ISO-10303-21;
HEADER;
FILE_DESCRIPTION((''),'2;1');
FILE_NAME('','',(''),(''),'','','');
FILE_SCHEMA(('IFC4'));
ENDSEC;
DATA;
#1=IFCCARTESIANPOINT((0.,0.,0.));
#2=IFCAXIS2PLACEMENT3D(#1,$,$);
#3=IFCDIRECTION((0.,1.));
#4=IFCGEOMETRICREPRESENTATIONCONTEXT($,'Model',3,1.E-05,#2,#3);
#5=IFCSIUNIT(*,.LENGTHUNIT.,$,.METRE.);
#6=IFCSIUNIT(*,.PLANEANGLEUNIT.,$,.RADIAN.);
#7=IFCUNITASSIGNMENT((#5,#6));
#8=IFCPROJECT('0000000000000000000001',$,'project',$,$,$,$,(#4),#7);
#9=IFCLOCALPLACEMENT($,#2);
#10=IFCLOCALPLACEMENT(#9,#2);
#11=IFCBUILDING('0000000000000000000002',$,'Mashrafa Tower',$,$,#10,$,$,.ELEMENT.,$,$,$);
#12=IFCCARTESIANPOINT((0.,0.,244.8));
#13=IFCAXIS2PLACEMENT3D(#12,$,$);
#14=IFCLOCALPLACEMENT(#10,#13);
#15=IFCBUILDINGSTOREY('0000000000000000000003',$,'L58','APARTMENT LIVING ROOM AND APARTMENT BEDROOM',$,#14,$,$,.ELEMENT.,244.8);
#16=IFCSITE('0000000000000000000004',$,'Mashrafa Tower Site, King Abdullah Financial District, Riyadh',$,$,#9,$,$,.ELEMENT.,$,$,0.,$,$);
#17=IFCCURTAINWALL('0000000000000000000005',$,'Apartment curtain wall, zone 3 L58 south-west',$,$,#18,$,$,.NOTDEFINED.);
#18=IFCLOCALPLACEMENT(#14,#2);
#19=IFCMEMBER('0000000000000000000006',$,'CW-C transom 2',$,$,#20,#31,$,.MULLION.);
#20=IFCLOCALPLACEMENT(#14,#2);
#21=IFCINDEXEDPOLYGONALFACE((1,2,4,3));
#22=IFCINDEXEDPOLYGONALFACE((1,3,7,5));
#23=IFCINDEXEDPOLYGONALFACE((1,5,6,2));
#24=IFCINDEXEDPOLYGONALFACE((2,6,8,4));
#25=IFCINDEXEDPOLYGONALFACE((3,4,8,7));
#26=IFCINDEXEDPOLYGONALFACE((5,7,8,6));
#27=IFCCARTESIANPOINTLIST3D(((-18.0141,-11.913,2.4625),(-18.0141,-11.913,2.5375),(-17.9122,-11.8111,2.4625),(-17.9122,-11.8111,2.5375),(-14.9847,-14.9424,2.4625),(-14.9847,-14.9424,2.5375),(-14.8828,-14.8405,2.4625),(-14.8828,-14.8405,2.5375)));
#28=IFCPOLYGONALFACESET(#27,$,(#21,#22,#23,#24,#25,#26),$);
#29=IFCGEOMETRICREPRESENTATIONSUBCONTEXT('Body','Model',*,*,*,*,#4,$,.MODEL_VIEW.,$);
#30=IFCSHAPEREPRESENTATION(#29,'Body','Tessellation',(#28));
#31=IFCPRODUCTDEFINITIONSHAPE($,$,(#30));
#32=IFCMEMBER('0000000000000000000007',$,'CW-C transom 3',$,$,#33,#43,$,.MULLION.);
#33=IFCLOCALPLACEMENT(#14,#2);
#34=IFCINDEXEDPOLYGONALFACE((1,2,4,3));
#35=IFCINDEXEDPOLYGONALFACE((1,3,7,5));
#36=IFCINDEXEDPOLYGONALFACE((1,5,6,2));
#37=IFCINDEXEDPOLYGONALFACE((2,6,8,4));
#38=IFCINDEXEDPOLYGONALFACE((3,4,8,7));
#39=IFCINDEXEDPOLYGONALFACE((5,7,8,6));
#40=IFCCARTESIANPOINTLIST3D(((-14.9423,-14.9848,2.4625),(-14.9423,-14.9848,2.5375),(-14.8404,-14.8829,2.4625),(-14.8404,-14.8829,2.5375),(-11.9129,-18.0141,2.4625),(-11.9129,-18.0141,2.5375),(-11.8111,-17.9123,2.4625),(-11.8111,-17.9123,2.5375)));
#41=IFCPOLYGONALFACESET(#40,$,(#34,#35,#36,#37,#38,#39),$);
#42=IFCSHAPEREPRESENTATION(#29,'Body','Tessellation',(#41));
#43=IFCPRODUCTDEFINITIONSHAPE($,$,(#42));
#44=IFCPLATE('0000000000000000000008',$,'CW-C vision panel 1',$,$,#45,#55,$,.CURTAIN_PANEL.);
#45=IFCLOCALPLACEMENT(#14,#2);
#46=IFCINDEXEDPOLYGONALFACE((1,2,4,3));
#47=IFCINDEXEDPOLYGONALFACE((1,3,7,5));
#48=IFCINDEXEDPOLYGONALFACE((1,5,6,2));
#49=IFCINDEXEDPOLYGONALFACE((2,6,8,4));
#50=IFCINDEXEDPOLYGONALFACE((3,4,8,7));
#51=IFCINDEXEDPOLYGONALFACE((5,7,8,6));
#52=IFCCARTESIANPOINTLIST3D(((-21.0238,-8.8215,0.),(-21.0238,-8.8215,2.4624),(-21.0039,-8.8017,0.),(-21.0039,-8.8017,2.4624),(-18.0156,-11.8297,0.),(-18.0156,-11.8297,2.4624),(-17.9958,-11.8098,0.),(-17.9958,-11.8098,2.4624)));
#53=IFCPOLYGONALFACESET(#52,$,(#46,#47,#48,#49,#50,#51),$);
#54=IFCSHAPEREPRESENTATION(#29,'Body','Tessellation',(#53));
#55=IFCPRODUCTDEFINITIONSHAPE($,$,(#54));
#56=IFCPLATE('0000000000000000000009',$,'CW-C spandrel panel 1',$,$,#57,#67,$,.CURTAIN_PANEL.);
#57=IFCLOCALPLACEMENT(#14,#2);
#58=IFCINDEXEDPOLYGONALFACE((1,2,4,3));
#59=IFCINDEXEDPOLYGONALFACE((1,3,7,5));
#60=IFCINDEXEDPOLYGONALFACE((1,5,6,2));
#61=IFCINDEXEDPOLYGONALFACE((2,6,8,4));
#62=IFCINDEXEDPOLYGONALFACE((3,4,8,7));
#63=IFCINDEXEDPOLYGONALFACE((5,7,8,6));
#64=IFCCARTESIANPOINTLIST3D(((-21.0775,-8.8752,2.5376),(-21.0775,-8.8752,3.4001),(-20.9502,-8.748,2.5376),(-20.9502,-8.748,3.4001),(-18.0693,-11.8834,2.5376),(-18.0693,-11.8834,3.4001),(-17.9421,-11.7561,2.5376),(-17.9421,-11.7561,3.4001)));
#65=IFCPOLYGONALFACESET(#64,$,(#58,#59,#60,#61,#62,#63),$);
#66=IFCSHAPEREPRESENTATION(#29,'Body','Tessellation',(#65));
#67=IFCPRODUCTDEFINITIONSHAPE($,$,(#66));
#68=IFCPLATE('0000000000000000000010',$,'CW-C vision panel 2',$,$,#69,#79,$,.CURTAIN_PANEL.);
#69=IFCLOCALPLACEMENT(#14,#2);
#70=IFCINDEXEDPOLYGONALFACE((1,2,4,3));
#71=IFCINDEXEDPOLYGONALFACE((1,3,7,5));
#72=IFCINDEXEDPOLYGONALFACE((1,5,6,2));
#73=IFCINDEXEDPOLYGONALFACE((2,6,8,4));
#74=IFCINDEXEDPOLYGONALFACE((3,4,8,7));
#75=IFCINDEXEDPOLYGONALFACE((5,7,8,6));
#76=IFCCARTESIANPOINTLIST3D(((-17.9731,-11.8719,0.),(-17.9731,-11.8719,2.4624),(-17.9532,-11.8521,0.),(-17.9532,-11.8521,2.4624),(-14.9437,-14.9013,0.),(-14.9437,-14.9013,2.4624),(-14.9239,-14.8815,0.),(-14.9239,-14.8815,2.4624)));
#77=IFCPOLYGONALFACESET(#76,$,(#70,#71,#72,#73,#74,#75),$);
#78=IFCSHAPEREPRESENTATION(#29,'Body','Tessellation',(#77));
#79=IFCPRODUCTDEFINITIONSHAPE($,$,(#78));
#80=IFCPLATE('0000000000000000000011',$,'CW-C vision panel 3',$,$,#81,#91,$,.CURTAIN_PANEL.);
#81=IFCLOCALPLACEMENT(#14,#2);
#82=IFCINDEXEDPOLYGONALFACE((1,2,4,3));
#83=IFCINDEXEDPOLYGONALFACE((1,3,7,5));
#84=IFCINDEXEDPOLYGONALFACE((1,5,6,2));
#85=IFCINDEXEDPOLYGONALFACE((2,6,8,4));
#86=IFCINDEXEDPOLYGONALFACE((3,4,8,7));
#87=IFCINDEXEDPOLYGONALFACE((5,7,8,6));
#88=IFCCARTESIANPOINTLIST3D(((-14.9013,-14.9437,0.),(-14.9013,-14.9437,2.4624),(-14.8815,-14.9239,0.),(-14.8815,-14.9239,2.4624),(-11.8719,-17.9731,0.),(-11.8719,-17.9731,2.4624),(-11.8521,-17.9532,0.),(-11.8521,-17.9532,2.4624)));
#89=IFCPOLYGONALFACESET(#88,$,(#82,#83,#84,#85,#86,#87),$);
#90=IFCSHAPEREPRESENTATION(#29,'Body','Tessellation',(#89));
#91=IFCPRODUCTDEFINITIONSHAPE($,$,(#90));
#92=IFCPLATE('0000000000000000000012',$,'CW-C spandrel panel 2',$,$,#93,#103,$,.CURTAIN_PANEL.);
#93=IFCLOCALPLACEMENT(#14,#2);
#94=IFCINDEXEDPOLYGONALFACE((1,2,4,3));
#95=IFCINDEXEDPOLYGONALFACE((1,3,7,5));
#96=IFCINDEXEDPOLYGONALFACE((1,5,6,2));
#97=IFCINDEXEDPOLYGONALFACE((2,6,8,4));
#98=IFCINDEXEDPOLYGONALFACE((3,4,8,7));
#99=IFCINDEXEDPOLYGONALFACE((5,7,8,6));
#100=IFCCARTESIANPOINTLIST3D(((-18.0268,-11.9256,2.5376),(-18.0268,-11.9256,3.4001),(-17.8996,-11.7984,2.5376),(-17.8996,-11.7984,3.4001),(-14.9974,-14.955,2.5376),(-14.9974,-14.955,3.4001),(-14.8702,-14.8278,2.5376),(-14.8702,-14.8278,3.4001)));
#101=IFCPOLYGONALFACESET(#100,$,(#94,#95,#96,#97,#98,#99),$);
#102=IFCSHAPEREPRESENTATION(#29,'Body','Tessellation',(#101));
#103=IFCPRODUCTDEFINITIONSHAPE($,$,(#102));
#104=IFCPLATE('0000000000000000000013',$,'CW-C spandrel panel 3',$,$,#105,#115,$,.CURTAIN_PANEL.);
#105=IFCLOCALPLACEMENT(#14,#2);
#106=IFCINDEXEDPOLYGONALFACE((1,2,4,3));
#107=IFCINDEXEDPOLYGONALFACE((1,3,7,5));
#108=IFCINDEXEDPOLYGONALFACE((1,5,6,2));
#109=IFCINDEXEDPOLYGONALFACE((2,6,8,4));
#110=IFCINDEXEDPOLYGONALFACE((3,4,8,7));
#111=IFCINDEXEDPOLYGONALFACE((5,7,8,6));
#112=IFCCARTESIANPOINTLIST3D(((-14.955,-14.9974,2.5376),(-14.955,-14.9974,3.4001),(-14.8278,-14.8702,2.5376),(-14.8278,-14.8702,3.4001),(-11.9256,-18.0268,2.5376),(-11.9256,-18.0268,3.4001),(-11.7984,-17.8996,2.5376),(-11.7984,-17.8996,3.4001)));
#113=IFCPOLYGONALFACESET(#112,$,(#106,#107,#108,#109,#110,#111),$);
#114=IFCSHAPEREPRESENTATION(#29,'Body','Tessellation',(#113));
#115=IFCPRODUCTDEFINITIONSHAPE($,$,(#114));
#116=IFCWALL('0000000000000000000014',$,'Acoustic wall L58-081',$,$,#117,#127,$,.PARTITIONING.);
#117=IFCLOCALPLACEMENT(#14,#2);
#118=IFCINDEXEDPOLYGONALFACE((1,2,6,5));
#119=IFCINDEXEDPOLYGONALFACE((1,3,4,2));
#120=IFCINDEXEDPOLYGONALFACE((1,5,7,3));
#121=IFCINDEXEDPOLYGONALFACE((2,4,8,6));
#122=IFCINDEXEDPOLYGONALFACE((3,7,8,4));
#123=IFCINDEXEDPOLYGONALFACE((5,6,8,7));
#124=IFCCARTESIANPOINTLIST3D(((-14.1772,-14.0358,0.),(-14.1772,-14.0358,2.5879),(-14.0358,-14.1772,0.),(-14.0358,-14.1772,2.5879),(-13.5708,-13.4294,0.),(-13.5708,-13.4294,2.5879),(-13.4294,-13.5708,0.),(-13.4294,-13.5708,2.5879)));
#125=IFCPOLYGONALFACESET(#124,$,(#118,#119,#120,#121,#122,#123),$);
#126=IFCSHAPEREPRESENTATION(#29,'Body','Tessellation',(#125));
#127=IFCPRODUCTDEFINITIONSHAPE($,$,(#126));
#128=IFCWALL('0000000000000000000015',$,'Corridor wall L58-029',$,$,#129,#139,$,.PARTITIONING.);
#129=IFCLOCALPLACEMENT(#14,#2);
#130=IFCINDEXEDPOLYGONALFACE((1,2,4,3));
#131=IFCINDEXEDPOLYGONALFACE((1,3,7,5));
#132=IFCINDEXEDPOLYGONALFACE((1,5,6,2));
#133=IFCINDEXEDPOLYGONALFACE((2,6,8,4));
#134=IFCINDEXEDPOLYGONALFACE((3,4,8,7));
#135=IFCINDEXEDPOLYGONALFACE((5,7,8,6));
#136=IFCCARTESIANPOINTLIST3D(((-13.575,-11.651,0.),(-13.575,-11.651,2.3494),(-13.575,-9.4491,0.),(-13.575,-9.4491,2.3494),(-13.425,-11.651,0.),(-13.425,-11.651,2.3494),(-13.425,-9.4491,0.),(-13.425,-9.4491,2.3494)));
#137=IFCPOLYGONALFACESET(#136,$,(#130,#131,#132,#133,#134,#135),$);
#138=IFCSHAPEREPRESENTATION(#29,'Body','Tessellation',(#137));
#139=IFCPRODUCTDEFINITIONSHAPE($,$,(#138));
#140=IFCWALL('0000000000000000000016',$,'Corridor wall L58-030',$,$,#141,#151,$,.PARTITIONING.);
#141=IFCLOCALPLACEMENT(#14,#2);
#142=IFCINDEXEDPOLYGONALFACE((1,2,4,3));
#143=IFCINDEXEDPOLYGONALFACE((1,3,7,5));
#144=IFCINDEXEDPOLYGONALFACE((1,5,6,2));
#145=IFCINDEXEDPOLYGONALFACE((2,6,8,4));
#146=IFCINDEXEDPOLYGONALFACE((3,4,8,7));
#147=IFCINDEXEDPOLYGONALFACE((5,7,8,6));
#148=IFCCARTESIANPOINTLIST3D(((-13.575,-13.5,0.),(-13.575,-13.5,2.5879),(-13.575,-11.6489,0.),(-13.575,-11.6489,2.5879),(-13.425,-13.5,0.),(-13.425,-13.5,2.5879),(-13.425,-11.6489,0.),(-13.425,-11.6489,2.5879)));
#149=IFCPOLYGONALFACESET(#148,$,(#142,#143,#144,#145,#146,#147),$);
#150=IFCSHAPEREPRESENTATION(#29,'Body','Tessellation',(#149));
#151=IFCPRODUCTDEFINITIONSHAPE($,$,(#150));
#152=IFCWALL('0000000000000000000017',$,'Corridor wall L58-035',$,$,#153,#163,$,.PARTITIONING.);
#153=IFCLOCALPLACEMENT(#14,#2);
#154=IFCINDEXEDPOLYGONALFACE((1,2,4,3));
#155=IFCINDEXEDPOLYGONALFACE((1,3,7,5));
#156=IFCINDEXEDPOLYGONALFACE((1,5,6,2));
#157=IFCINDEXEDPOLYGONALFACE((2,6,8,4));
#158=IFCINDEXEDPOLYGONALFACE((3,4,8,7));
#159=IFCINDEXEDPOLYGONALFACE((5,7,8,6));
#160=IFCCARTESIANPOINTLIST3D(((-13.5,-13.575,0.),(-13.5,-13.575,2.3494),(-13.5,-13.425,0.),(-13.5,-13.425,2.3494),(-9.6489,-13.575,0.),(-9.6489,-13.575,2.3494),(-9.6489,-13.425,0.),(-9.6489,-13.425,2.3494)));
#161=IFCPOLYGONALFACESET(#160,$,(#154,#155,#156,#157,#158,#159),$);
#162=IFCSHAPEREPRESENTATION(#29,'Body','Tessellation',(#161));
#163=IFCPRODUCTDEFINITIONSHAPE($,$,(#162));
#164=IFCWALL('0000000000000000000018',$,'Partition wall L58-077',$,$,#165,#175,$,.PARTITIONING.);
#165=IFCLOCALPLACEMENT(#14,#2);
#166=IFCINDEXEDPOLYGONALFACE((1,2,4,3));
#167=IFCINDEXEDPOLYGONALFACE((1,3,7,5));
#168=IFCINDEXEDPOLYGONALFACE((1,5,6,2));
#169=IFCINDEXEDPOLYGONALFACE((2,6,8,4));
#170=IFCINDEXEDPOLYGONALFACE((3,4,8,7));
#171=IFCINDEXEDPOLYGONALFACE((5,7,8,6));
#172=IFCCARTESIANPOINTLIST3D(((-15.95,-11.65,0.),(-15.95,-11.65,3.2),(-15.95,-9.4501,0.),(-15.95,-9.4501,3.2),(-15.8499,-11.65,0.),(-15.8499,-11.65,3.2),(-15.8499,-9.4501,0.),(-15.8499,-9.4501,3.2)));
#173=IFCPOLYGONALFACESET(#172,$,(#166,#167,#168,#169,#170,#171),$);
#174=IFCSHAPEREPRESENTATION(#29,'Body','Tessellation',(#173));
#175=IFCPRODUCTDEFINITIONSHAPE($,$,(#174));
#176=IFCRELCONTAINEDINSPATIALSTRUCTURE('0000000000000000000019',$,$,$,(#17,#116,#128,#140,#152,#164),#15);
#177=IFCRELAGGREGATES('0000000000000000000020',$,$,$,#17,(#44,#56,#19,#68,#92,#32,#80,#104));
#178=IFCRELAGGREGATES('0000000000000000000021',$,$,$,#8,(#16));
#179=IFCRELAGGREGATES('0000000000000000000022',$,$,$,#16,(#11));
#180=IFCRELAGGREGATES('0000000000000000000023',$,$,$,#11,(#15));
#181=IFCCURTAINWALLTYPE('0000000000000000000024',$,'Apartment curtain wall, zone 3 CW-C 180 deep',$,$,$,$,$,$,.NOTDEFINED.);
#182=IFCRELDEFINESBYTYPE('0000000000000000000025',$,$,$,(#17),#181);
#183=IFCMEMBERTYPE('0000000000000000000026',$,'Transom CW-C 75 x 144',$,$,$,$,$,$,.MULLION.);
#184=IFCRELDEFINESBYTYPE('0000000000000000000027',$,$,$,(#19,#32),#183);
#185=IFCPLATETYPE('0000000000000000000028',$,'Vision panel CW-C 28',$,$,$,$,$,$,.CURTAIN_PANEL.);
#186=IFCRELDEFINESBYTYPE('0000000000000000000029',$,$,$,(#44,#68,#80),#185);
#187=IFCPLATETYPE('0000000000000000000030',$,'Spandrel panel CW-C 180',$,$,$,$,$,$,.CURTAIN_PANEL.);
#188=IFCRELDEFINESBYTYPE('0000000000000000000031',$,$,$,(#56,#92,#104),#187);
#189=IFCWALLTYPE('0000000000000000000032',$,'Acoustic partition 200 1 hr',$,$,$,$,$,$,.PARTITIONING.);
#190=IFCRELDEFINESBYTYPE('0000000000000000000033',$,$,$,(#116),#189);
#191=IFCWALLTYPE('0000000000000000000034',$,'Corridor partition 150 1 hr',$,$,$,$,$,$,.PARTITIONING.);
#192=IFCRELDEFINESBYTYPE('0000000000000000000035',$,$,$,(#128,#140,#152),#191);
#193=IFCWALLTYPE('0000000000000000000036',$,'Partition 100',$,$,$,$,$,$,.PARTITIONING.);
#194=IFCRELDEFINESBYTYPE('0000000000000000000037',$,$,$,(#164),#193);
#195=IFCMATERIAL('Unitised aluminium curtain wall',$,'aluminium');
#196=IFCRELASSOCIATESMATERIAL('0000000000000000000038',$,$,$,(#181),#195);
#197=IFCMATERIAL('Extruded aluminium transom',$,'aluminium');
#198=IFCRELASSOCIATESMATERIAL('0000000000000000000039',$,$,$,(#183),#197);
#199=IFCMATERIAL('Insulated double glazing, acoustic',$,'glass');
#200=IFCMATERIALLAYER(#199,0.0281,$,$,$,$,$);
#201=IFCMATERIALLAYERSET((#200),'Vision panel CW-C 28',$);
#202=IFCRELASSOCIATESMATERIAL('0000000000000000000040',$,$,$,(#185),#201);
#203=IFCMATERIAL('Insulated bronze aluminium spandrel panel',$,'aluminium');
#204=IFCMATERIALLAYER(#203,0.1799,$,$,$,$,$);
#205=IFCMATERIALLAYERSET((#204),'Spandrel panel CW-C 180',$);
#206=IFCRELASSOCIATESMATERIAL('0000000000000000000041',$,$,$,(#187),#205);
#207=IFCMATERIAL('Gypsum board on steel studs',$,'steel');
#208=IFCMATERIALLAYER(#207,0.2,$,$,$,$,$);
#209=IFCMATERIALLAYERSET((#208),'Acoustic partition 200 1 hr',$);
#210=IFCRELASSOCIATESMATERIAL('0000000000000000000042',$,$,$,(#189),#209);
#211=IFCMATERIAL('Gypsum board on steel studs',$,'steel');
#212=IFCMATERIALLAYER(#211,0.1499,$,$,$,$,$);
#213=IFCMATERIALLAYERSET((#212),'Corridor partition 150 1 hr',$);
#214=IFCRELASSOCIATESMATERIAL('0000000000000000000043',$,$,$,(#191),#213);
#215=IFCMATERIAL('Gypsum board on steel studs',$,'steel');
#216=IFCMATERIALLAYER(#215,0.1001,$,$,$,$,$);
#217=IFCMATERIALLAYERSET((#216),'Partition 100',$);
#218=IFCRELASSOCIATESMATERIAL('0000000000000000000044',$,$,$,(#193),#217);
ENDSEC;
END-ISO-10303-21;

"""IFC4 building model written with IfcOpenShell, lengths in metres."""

from ifc_helpers import new_model, si_unit, direction, frame, frame_2d, origin, origin_2d, place, context, subcontext, project, spatial, rectangle, extrude, source, transform, mapped, material, layer, layer_set, material_profile, profile_set, type_object, type_shapes, element, aggregate, save


model = new_model("IFC4")

# Units and contexts
model_context = context("Model", 3, precision=1e-05, world=origin(), true_north=direction((0.0, 1.0)))
body_context = subcontext(model_context, "Body", "Model", "MODEL_VIEW")
ifc_project = project(units=[si_unit("LENGTHUNIT", "METRE"), si_unit("PLANEANGLEUNIT", "RADIAN")], contexts=[model_context])

# Site, building, storey
site_placement = place(None, origin())
site = spatial("IfcSite", under=ifc_project, at=site_placement, Name="Mashrafa Tower Site, King Abdullah Financial District, Riyadh", CompositionType="ELEMENT", RefElevation=0.0)
building_placement = place(site_placement, origin())
building = spatial("IfcBuilding", under=site, at=building_placement, Name="Mashrafa Tower", CompositionType="ELEMENT")
storey_placement = place(building_placement, frame((0.0, 0.0, 244.8)))
storey = spatial("IfcBuildingStorey", under=building, at=storey_placement, Name="L58", Description="APARTMENT LIVING ROOM AND APARTMENT BEDROOM", CompositionType="ELEMENT", Elevation=244.8)

# Curtain wall, members, plates
ifc_material_1 = material(Name="Unitised aluminium curtain wall", Category="aluminium")
curtain_wall_type = type_object("IfcCurtainWallType", Name="Apartment curtain wall, zone 3 CW-C 180 deep", PredefinedType="NOTDEFINED", material=ifc_material_1)
curtain_wall_placement = place(storey_placement, origin())
curtain_wall = element("IfcCurtainWall", 1, at=curtain_wall_placement, inside=storey, type_object=curtain_wall_type, Name="Apartment curtain wall, zone 3 L58 south-west", PredefinedType="NOTDEFINED")
ifc_material_2 = material(Name="Extruded aluminium transom", Category="aluminium")
ifc_material_profile_1 = material_profile(ifc_material_2, rectangle(XDim=0.144, YDim=0.075, at=origin_2d()), Name="Transom 75x144")
ifc_profile_set_1 = profile_set([ifc_material_profile_1], Name="Extruded aluminium transom")
member_type_1 = type_object("IfcMemberType", Name="Transom CW-C 75 x 144", PredefinedType="MULLION", material=ifc_profile_set_1)
shared_shape_1 = source(origin(), body_context, "Body", "SweptSolid", [
    extrude(rectangle(XDim=0.144, YDim=0.075, at=origin_2d()), origin(), (0.0, 0.0, 1.0), 4.2842),
])
type_shapes(member_type_1, [shared_shape_1])
member_1_placement = place(storey_placement, frame((-17.9631, -11.8621, 2.5), z_axis=(0.707107, -0.707107, 0.0), x_axis=(0.707107, 0.707107, 0.0)))
member_1 = element("IfcMember", 2, at=member_1_placement, type_object=member_type_1, Name="CW-C transom 2", PredefinedType="MULLION", context=body_context, shape_type="MappedRepresentation", body=[
    mapped(shared_shape_1, transform((0.0, 0.0, 0.0))),
])
member_2_placement = place(storey_placement, frame((-14.8914, -14.9338, 2.5), z_axis=(0.707107, -0.707107, 0.0), x_axis=(0.707107, 0.707107, 0.0)))
member_2 = element("IfcMember", 3, at=member_2_placement, type_object=member_type_1, Name="CW-C transom 3", PredefinedType="MULLION", context=body_context, shape_type="MappedRepresentation", body=[
    mapped(shared_shape_1, transform((0.0, 0.0, 0.0))),
])
ifc_material_3 = material(Name="Insulated double glazing, acoustic", Category="glass")
ifc_layer_1 = layer(ifc_material_3, 0.0281)
ifc_layer_set_1 = layer_set([ifc_layer_1], Name="Vision panel CW-C 28")
plate_type_1 = type_object("IfcPlateType", Name="Vision panel CW-C 28", PredefinedType="CURTAIN_PANEL", material=ifc_layer_set_1)
shared_shape_2 = source(origin(), body_context, "Body", "SweptSolid", [
    extrude(rectangle(XDim=4.2542, YDim=0.0281, at=origin_2d()), origin(), (0.0, 0.0, 1.0), 2.4624),
])
plate_1_placement = place(storey_placement, frame((-19.5098, -10.3157, 0.0), z_axis=(0.0, 0.0, 1.0), x_axis=(0.707107, -0.707107, 0.0)))
plate_1 = element("IfcPlate", 4, at=plate_1_placement, type_object=plate_type_1, Name="CW-C vision panel 1", PredefinedType="CURTAIN_PANEL", context=body_context, shape_type="MappedRepresentation", body=[
    mapped(shared_shape_2, transform((0.0, 0.0, 0.0))),
])
ifc_material_4 = material(Name="Insulated bronze aluminium spandrel panel", Category="aluminium")
ifc_layer_2 = layer(ifc_material_4, 0.1799)
ifc_layer_set_2 = layer_set([ifc_layer_2], Name="Spandrel panel CW-C 180")
plate_type_2 = type_object("IfcPlateType", Name="Spandrel panel CW-C 180", PredefinedType="CURTAIN_PANEL", material=ifc_layer_set_2)
shared_shape_3 = source(origin(), body_context, "Body", "SweptSolid", [
    extrude(rectangle(XDim=4.2542, YDim=0.1799, at=origin_2d()), origin(), (0.0, 0.0, 1.0), 0.8625),
])
plate_2_placement = place(storey_placement, frame((-19.5098, -10.3157, 2.5376), z_axis=(0.0, 0.0, 1.0), x_axis=(0.707107, -0.707107, 0.0)))
plate_2 = element("IfcPlate", 5, at=plate_2_placement, type_object=plate_type_2, Name="CW-C spandrel panel 1", PredefinedType="CURTAIN_PANEL", context=body_context, shape_type="MappedRepresentation", body=[
    mapped(shared_shape_3, transform((0.0, 0.0, 0.0))),
])
shared_shape_4 = source(origin(), body_context, "Body", "SweptSolid", [
    extrude(rectangle(XDim=4.2842, YDim=0.0281, at=origin_2d()), origin(), (0.0, 0.0, 1.0), 2.4624),
])
type_shapes(plate_type_1, [shared_shape_2, shared_shape_4])
plate_3_placement = place(storey_placement, frame((-16.4485, -13.3767, 0.0), z_axis=(0.0, 0.0, 1.0), x_axis=(0.707107, -0.707107, 0.0)))
plate_3 = element("IfcPlate", 6, at=plate_3_placement, type_object=plate_type_1, Name="CW-C vision panel 2", PredefinedType="CURTAIN_PANEL", context=body_context, shape_type="MappedRepresentation", body=[
    mapped(shared_shape_4, transform((0.0, 0.0, 0.0))),
])
plate_4_placement = place(storey_placement, frame((-13.3767, -16.4485, 0.0), z_axis=(0.0, 0.0, 1.0), x_axis=(0.707107, -0.707107, 0.0)))
plate_4 = element("IfcPlate", 7, at=plate_4_placement, type_object=plate_type_1, Name="CW-C vision panel 3", PredefinedType="CURTAIN_PANEL", context=body_context, shape_type="MappedRepresentation", body=[
    mapped(shared_shape_4, transform((0.0, 0.0, 0.0))),
])
shared_shape_5 = source(origin(), body_context, "Body", "SweptSolid", [
    extrude(rectangle(XDim=4.2842, YDim=0.1799, at=origin_2d()), origin(), (0.0, 0.0, 1.0), 0.8625),
])
type_shapes(plate_type_2, [shared_shape_3, shared_shape_5])
plate_5_placement = place(storey_placement, frame((-16.4485, -13.3767, 2.5376), z_axis=(0.0, 0.0, 1.0), x_axis=(0.707107, -0.707107, 0.0)))
plate_5 = element("IfcPlate", 8, at=plate_5_placement, type_object=plate_type_2, Name="CW-C spandrel panel 2", PredefinedType="CURTAIN_PANEL", context=body_context, shape_type="MappedRepresentation", body=[
    mapped(shared_shape_5, transform((0.0, 0.0, 0.0))),
])
plate_6_placement = place(storey_placement, frame((-13.3767, -16.4485, 2.5376), z_axis=(0.0, 0.0, 1.0), x_axis=(0.707107, -0.707107, 0.0)))
plate_6 = element("IfcPlate", 9, at=plate_6_placement, type_object=plate_type_2, Name="CW-C spandrel panel 3", PredefinedType="CURTAIN_PANEL", context=body_context, shape_type="MappedRepresentation", body=[
    mapped(shared_shape_5, transform((0.0, 0.0, 0.0))),
])
aggregate(curtain_wall, [plate_1, plate_2, member_1, plate_3, plate_5, member_2, plate_4, plate_6])

# Walls
ifc_material_5 = material(Name="Gypsum board on steel studs", Category="steel")
ifc_layer_3 = layer(ifc_material_5, 0.2)
ifc_layer_set_3 = layer_set([ifc_layer_3], Name="Acoustic partition 200 1 hr")
wall_type_1 = type_object("IfcWallType", Name="Acoustic partition 200 1 hr", PredefinedType="PARTITIONING", material=ifc_layer_set_3)
wall_1_placement = place(storey_placement, frame((-14.1064, -14.1064, 0.0), z_axis=(0.0, 0.0, 1.0), x_axis=(0.707107, 0.707107, 0.0)))
element("IfcWall", 10, at=wall_1_placement, inside=storey, type_object=wall_type_1, Name="Acoustic wall L58-081", PredefinedType="PARTITIONING", context=body_context, shape_type="SweptSolid", body=[
    extrude(rectangle(XDim=0.8577, YDim=0.2, at=frame_2d((0.4287, 0.0))), origin(), (0.0, 0.0, 1.0), 2.5879),
])
ifc_material_6 = material(Name="Gypsum board on steel studs", Category="steel")
ifc_layer_4 = layer(ifc_material_6, 0.1499)
ifc_layer_set_4 = layer_set([ifc_layer_4], Name="Corridor partition 150 1 hr")
wall_type_2 = type_object("IfcWallType", Name="Corridor partition 150 1 hr", PredefinedType="PARTITIONING", material=ifc_layer_set_4)
wall_2_placement = place(storey_placement, frame((-13.5, -9.449, 0.0), z_axis=(0.0, 0.0, 1.0), x_axis=(0.0, -1.0, 0.0)))
element("IfcWall", 11, at=wall_2_placement, inside=storey, type_object=wall_type_2, Name="Corridor wall L58-029", PredefinedType="PARTITIONING", context=body_context, shape_type="SweptSolid", body=[
    extrude(rectangle(XDim=2.2019, YDim=0.1499, at=frame_2d((1.1011, 0.0))), origin(), (0.0, 0.0, 1.0), 2.3494),
])
wall_3_placement = place(storey_placement, frame((-13.5, -11.6489, 0.0), z_axis=(0.0, 0.0, 1.0), x_axis=(0.0, -1.0, 0.0)))
element("IfcWall", 12, at=wall_3_placement, inside=storey, type_object=wall_type_2, Name="Corridor wall L58-030", PredefinedType="PARTITIONING", context=body_context, shape_type="SweptSolid", body=[
    extrude(rectangle(XDim=1.8511, YDim=0.1499, at=frame_2d((0.9255, 0.0))), origin(), (0.0, 0.0, 1.0), 2.5879),
])
wall_4_placement = place(storey_placement, frame((-13.5, -13.5, 0.0), z_axis=(0.0, 0.0, 1.0), x_axis=(1.0, 0.0, 0.0)))
element("IfcWall", 13, at=wall_4_placement, inside=storey, type_object=wall_type_2, Name="Corridor wall L58-035", PredefinedType="PARTITIONING", context=body_context, shape_type="SweptSolid", body=[
    extrude(rectangle(XDim=3.8511, YDim=0.1499, at=frame_2d((1.9255, 0.0))), origin(), (0.0, 0.0, 1.0), 2.3494),
])
ifc_material_7 = material(Name="Gypsum board on steel studs", Category="steel")
ifc_layer_5 = layer(ifc_material_7, 0.1001)
ifc_layer_set_5 = layer_set([ifc_layer_5], Name="Partition 100")
wall_type_3 = type_object("IfcWallType", Name="Partition 100", PredefinedType="PARTITIONING", material=ifc_layer_set_5)
wall_5_placement = place(storey_placement, frame((-15.8999, -9.45, 0.0), z_axis=(0.0, 0.0, 1.0), x_axis=(0.0, -1.0, 0.0)))
element("IfcWall", 14, at=wall_5_placement, inside=storey, type_object=wall_type_3, Name="Partition wall L58-077", PredefinedType="PARTITIONING", context=body_context, shape_type="SweptSolid", body=[
    extrude(rectangle(XDim=2.2, YDim=0.1001, at=frame_2d((1.1001, 0.0))), origin(), (0.0, 0.0, 1.0), 3.2),
])

save(model, "model.ifc")
